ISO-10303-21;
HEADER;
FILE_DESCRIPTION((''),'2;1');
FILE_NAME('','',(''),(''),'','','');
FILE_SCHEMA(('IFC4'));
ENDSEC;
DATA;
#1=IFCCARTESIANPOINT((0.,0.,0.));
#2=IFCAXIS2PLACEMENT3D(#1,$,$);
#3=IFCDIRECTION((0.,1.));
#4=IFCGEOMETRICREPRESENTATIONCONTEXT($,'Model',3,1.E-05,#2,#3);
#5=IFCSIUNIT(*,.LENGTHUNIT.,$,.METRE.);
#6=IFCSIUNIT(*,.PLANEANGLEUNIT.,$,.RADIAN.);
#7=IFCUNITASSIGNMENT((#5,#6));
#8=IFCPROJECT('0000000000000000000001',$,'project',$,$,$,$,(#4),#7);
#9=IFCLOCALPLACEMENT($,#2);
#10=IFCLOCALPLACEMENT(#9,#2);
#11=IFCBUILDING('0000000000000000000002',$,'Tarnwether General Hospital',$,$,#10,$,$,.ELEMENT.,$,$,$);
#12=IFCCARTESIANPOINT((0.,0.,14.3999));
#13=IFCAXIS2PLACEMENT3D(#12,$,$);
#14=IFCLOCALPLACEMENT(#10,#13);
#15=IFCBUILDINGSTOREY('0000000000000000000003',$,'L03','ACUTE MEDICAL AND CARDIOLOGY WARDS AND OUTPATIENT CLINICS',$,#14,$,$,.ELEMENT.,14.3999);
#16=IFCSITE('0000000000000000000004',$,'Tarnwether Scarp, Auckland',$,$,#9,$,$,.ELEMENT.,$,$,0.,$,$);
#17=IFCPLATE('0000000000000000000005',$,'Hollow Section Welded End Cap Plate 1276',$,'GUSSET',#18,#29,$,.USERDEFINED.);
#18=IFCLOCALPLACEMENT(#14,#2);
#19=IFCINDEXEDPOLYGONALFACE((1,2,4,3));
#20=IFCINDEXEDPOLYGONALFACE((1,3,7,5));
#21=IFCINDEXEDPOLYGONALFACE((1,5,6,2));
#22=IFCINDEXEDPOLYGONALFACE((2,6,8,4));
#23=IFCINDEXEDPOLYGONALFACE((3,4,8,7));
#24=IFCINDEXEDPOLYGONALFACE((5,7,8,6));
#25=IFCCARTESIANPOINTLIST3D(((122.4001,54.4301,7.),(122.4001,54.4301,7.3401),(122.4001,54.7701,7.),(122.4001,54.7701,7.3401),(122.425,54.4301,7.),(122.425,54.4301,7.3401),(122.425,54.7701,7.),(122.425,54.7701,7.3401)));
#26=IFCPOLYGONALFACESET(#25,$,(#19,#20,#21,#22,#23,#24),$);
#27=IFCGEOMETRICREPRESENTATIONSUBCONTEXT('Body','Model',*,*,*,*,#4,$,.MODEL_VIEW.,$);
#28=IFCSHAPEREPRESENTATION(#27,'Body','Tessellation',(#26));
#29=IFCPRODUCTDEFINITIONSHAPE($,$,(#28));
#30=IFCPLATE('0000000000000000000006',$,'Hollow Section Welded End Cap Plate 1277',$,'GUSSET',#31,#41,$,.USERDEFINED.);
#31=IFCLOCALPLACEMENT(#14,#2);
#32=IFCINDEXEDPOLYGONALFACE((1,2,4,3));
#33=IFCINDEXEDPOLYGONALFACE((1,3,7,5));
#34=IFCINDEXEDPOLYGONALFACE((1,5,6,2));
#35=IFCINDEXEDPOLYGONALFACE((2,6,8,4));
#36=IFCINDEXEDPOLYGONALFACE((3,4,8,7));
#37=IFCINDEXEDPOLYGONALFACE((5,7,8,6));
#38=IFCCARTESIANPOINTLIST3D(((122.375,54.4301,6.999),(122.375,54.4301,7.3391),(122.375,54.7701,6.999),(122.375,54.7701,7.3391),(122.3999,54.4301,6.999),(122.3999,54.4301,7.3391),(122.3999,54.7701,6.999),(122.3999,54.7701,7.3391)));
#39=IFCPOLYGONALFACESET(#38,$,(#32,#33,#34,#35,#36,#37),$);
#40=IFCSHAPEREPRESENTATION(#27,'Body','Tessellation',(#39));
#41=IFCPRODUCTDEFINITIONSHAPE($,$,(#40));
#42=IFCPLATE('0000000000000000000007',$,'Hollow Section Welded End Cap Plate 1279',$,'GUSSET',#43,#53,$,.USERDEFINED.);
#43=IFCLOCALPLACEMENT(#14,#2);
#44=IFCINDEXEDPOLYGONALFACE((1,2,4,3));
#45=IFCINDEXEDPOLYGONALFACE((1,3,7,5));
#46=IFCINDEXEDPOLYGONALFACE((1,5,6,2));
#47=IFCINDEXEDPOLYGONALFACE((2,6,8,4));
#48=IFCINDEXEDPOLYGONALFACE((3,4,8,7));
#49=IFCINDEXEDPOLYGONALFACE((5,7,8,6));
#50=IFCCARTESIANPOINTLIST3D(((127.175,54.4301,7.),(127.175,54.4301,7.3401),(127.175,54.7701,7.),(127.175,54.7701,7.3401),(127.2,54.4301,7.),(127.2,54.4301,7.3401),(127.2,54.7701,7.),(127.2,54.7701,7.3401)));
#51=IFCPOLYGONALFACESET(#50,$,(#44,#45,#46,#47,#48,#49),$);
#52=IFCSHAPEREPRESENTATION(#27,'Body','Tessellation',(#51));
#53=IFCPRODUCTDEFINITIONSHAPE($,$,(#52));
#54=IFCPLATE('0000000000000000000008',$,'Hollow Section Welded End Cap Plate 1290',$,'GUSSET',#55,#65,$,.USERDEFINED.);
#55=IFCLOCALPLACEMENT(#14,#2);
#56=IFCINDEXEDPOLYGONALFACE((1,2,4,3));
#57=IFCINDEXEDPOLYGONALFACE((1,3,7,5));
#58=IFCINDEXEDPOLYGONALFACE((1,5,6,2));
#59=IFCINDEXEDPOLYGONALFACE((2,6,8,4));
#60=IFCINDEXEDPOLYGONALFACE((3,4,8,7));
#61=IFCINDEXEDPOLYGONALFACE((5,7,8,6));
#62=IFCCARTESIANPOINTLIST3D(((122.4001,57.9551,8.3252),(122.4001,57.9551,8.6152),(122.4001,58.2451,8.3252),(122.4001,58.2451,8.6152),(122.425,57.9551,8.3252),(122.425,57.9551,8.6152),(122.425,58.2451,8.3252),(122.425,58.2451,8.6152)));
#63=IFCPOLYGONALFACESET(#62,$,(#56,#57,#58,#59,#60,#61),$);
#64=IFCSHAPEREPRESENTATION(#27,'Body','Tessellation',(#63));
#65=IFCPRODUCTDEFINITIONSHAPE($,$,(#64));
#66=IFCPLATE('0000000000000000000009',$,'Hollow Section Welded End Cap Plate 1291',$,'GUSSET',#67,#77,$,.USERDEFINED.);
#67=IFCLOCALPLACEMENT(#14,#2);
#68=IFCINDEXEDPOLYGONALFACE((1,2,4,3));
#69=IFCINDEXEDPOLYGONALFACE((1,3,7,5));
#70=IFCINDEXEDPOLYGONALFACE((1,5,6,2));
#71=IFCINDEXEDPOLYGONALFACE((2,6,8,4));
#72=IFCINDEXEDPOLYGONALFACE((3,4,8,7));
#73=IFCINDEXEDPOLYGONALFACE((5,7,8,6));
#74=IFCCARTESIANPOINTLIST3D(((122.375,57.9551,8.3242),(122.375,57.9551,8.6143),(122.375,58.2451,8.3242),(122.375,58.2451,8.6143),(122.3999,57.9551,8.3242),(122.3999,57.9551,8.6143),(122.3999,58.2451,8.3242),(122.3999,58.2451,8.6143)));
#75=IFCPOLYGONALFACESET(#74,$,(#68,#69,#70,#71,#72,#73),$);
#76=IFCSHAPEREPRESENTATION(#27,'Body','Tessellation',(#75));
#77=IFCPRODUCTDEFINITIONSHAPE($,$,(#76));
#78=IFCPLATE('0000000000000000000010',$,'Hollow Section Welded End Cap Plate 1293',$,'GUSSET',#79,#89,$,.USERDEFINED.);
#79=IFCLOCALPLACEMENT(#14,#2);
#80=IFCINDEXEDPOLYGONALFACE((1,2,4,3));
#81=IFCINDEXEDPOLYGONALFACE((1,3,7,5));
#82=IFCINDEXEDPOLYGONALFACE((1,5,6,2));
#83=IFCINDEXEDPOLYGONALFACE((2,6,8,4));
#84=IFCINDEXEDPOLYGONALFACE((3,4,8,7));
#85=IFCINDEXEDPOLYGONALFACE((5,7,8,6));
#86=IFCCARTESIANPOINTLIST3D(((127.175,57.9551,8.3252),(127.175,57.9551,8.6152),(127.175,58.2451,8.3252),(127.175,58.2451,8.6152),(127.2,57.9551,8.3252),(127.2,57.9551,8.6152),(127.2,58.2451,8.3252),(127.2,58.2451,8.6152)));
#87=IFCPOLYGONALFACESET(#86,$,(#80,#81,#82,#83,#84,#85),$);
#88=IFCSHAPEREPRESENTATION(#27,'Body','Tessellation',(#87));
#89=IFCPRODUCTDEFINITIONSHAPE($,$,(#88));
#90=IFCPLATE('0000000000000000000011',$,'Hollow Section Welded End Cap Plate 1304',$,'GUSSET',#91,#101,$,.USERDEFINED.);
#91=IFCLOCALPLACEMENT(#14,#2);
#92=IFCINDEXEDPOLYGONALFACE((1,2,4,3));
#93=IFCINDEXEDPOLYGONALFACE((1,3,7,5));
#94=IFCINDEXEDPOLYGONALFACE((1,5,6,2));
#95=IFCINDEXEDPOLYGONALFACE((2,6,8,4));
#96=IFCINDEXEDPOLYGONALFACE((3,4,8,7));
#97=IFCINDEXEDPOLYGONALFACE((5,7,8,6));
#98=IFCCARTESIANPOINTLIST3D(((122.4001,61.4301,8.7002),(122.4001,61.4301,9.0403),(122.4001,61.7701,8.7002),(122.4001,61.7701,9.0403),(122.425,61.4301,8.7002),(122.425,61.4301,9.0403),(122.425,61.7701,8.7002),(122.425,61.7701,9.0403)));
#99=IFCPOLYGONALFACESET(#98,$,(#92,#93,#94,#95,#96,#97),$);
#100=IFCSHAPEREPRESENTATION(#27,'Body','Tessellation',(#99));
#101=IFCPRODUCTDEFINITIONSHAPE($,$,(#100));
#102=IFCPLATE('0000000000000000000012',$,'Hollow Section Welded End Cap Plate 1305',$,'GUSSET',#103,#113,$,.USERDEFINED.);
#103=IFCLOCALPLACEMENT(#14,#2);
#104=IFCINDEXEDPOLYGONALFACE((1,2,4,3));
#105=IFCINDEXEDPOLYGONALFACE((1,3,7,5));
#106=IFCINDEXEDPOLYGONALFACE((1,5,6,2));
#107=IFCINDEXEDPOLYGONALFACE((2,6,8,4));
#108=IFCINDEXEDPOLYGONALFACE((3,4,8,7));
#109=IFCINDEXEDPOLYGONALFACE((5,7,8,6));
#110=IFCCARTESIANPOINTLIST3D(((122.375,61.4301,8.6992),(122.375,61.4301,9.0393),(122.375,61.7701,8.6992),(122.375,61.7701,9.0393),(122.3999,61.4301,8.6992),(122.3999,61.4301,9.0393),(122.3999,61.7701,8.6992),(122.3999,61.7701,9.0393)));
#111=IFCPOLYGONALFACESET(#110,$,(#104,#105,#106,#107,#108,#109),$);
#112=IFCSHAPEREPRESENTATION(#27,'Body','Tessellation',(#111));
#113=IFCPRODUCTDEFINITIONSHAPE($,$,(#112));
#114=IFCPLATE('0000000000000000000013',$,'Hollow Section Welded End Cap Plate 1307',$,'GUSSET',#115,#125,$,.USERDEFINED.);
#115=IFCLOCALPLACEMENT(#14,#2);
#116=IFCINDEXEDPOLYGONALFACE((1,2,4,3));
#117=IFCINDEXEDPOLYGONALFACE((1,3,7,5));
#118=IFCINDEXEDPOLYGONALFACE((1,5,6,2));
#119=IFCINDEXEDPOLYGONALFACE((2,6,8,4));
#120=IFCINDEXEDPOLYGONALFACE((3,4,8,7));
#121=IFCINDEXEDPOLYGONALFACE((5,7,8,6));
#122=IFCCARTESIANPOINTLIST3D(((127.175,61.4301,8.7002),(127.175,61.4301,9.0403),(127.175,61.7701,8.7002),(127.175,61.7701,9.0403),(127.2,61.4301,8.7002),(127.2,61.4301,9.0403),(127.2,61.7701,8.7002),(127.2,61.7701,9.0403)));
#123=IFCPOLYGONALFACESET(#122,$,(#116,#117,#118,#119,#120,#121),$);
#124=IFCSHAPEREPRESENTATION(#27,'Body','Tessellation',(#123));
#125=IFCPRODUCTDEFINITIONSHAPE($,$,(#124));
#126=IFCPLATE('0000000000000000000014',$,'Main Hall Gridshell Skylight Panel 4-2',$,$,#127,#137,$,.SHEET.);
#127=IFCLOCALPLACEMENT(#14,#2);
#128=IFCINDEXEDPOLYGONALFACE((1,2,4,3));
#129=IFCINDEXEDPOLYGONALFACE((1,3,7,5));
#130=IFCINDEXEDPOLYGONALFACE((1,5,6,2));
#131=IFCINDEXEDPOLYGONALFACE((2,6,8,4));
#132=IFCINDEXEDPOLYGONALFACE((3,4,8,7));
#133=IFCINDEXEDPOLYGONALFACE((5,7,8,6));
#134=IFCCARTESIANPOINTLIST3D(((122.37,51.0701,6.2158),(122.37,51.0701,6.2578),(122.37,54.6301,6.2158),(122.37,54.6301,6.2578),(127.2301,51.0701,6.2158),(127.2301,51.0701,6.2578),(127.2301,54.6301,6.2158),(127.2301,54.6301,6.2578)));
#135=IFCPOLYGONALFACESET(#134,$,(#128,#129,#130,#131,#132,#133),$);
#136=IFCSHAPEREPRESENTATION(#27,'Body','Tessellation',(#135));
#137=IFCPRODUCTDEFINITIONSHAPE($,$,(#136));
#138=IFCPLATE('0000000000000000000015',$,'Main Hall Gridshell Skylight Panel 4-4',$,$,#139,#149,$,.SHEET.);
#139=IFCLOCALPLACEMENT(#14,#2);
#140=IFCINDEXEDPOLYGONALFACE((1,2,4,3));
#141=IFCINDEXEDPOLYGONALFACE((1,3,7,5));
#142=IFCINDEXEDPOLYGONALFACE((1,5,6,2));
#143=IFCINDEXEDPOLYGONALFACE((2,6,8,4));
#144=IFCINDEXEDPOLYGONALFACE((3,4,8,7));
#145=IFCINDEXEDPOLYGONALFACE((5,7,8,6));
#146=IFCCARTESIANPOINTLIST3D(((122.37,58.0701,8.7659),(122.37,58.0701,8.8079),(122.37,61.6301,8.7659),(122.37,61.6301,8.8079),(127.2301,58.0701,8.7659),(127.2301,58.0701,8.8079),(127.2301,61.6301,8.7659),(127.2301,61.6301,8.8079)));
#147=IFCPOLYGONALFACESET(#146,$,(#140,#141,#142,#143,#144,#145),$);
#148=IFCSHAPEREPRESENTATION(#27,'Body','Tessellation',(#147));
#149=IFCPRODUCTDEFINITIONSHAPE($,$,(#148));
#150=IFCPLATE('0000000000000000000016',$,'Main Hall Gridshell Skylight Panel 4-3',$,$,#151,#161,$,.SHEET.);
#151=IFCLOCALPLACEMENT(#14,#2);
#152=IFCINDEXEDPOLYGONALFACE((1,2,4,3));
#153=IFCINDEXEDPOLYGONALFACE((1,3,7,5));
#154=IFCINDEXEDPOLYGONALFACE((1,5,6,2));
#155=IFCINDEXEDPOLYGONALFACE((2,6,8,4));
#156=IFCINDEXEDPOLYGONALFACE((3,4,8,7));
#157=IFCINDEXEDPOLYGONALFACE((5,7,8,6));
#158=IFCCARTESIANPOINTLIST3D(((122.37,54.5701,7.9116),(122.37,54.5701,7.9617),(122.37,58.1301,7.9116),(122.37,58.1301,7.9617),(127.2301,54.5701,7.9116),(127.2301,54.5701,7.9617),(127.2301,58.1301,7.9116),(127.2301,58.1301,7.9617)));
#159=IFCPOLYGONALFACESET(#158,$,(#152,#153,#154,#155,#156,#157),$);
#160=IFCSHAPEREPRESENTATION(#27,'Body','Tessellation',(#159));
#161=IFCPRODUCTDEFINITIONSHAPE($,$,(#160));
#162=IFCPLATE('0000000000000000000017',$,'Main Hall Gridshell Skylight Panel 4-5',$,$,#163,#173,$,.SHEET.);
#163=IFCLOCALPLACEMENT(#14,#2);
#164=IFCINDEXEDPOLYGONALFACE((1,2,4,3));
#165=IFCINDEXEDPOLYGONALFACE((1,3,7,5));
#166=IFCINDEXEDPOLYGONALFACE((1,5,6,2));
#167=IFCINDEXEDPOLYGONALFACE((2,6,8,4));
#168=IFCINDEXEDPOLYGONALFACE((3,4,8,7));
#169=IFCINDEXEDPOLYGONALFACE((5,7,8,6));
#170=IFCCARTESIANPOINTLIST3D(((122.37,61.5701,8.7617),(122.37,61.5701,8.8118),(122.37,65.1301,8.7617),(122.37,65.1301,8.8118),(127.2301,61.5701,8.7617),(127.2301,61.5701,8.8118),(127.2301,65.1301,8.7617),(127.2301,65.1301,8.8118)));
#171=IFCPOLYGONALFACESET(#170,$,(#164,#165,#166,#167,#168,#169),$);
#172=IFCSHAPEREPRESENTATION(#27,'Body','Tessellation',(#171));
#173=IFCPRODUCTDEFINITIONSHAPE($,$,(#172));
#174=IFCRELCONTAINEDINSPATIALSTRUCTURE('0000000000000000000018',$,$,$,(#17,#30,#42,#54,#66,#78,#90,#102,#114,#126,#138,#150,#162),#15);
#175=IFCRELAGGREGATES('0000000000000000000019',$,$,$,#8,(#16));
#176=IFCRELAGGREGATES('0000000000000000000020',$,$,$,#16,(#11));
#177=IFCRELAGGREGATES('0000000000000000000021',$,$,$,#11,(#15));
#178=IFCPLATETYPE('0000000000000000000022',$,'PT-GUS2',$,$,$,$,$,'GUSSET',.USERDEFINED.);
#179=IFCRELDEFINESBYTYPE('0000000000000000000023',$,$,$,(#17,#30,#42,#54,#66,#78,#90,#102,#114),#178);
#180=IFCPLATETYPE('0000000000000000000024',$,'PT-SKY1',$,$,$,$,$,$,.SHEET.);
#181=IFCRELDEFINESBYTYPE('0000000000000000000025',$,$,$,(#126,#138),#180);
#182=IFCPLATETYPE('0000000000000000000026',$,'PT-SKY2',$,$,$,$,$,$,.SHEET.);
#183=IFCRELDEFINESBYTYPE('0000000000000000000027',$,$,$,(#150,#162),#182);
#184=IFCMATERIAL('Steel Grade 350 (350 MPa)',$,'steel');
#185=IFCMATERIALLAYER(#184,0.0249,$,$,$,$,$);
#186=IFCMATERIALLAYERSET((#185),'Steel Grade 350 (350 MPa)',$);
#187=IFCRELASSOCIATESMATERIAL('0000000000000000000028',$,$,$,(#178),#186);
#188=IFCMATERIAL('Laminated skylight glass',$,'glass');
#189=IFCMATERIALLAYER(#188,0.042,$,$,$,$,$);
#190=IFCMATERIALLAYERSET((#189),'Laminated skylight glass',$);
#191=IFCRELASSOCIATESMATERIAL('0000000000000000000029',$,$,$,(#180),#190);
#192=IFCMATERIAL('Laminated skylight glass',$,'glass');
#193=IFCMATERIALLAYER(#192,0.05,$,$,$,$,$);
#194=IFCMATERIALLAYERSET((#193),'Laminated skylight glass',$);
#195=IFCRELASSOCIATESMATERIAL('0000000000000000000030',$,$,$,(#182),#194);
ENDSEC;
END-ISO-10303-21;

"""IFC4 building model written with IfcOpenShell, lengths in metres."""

from ifc_helpers import new_model, si_unit, direction, frame, origin, origin_2d, place, context, subcontext, project, spatial, rectangle, extrude, material, layer, layer_set, type_object, element, save


model = new_model("IFC4")

# Units and contexts
model_context = context("Model", 3, precision=1e-05, world=origin(), true_north=direction((0.0, 1.0)))
body_context = subcontext(model_context, "Body", "Model", "MODEL_VIEW")
ifc_project = project(units=[si_unit("LENGTHUNIT", "METRE"), si_unit("PLANEANGLEUNIT", "RADIAN")], contexts=[model_context])

# Site, building, storey
site_placement = place(None, origin())
site = spatial("IfcSite", under=ifc_project, at=site_placement, Name="Tarnwether Scarp, Auckland", CompositionType="ELEMENT", RefElevation=0.0)
building_placement = place(site_placement, origin())
building = spatial("IfcBuilding", under=site, at=building_placement, Name="Tarnwether General Hospital", CompositionType="ELEMENT")
storey_placement = place(building_placement, frame((0.0, 0.0, 14.3999)))
storey = spatial("IfcBuildingStorey", under=building, at=storey_placement, Name="L03", Description="ACUTE MEDICAL AND CARDIOLOGY WARDS AND OUTPATIENT CLINICS", CompositionType="ELEMENT", Elevation=14.3999)

# Plates
ifc_material_1 = material(Name="Steel Grade 350 (350 MPa)", Category="steel")
ifc_layer_1 = layer(ifc_material_1, 0.0249)
ifc_layer_set_1 = layer_set([ifc_layer_1], Name="Steel Grade 350 (350 MPa)")
plate_type_1 = type_object("IfcPlateType", Name="PT-GUS2", ElementType="GUSSET", PredefinedType="USERDEFINED", material=ifc_layer_set_1)
for number, where, z_axis, x_axis, name in (
    (1, (122.4126, 54.6001, 7.0), (0.0, 0.0, 1.0), (1.0, 0.0, 0.0), "Hollow Section Welded End Cap Plate 1276"),
    (2, (122.3875, 54.6001, 6.999), (0.0, 0.0, 1.0), (1.0, 0.0, 0.0), "Hollow Section Welded End Cap Plate 1277"),
    (3, (127.1875, 54.6001, 7.0), (0.0, 0.0, 1.0), (1.0, 0.0, 0.0), "Hollow Section Welded End Cap Plate 1279"),
):
    element("IfcPlate", number, at=place(storey_placement, frame(where, z_axis=z_axis, x_axis=x_axis)), inside=storey, type_object=plate_type_1, Name=name, ObjectType="GUSSET", PredefinedType="USERDEFINED", context=body_context, shape_type="SweptSolid", body=[
        extrude(rectangle(XDim=0.0249, YDim=0.3401, at=origin_2d()), origin(), (0.0, 0.0, 1.0), 0.3401),
    ])
for number, where, z_axis, x_axis, name in (
    (4, (122.4126, 58.1001, 8.3252), (0.0, 0.0, 1.0), (1.0, 0.0, 0.0), "Hollow Section Welded End Cap Plate 1290"),
    (5, (122.3875, 58.1001, 8.3242), (0.0, 0.0, 1.0), (1.0, 0.0, 0.0), "Hollow Section Welded End Cap Plate 1291"),
    (6, (127.1875, 58.1001, 8.3252), (0.0, 0.0, 1.0), (1.0, 0.0, 0.0), "Hollow Section Welded End Cap Plate 1293"),
):
    element("IfcPlate", number, at=place(storey_placement, frame(where, z_axis=z_axis, x_axis=x_axis)), inside=storey, type_object=plate_type_1, Name=name, ObjectType="GUSSET", PredefinedType="USERDEFINED", context=body_context, shape_type="SweptSolid", body=[
        extrude(rectangle(XDim=0.0249, YDim=0.29, at=origin_2d()), origin(), (0.0, 0.0, 1.0), 0.29),
    ])
for number, where, z_axis, x_axis, name in (
    (7, (122.4126, 61.6001, 8.7002), (0.0, 0.0, 1.0), (1.0, 0.0, 0.0), "Hollow Section Welded End Cap Plate 1304"),
    (8, (122.3875, 61.6001, 8.6992), (0.0, 0.0, 1.0), (1.0, 0.0, 0.0), "Hollow Section Welded End Cap Plate 1305"),
    (9, (127.1875, 61.6001, 8.7002), (0.0, 0.0, 1.0), (1.0, 0.0, 0.0), "Hollow Section Welded End Cap Plate 1307"),
):
    element("IfcPlate", number, at=place(storey_placement, frame(where, z_axis=z_axis, x_axis=x_axis)), inside=storey, type_object=plate_type_1, Name=name, ObjectType="GUSSET", PredefinedType="USERDEFINED", context=body_context, shape_type="SweptSolid", body=[
        extrude(rectangle(XDim=0.0249, YDim=0.3401, at=origin_2d()), origin(), (0.0, 0.0, 1.0), 0.3401),
    ])
ifc_material_2 = material(Name="Laminated skylight glass", Category="glass")
ifc_layer_2 = layer(ifc_material_2, 0.042)
ifc_layer_set_2 = layer_set([ifc_layer_2], Name="Laminated skylight glass")
plate_type_2 = type_object("IfcPlateType", Name="PT-SKY1", PredefinedType="SHEET", material=ifc_layer_set_2)
for number, where, z_axis, x_axis, name in (
    (10, (124.8, 52.8501, 6.2158), (0.0, 0.0, 1.0), (1.0, 0.0, 0.0), "Main Hall Gridshell Skylight Panel 4-2"),
    (11, (124.8, 59.8501, 8.7659), (0.0, 0.0, 1.0), (1.0, 0.0, 0.0), "Main Hall Gridshell Skylight Panel 4-4"),
):
    element("IfcPlate", number, at=place(storey_placement, frame(where, z_axis=z_axis, x_axis=x_axis)), inside=storey, type_object=plate_type_2, Name=name, PredefinedType="SHEET", context=body_context, shape_type="SweptSolid", body=[
        extrude(rectangle(XDim=4.8601, YDim=3.5601, at=origin_2d()), origin(), (0.0, 0.0, 1.0), 0.042),
    ])
ifc_material_3 = material(Name="Laminated skylight glass", Category="glass")
ifc_layer_3 = layer(ifc_material_3, 0.05)
ifc_layer_set_3 = layer_set([ifc_layer_3], Name="Laminated skylight glass")
plate_type_3 = type_object("IfcPlateType", Name="PT-SKY2", PredefinedType="SHEET", material=ifc_layer_set_3)
for number, where, z_axis, x_axis, name in (
    (12, (124.8, 56.3501, 7.9116), (0.0, 0.0, 1.0), (1.0, 0.0, 0.0), "Main Hall Gridshell Skylight Panel 4-3"),
    (13, (124.8, 63.3501, 8.7617), (0.0, 0.0, 1.0), (1.0, 0.0, 0.0), "Main Hall Gridshell Skylight Panel 4-5"),
):
    element("IfcPlate", number, at=place(storey_placement, frame(where, z_axis=z_axis, x_axis=x_axis)), inside=storey, type_object=plate_type_3, Name=name, PredefinedType="SHEET", context=body_context, shape_type="SweptSolid", body=[
        extrude(rectangle(XDim=4.8601, YDim=3.5601, at=origin_2d()), origin(), (0.0, 0.0, 1.0), 0.05),
    ])

save(model, "model.ifc")
